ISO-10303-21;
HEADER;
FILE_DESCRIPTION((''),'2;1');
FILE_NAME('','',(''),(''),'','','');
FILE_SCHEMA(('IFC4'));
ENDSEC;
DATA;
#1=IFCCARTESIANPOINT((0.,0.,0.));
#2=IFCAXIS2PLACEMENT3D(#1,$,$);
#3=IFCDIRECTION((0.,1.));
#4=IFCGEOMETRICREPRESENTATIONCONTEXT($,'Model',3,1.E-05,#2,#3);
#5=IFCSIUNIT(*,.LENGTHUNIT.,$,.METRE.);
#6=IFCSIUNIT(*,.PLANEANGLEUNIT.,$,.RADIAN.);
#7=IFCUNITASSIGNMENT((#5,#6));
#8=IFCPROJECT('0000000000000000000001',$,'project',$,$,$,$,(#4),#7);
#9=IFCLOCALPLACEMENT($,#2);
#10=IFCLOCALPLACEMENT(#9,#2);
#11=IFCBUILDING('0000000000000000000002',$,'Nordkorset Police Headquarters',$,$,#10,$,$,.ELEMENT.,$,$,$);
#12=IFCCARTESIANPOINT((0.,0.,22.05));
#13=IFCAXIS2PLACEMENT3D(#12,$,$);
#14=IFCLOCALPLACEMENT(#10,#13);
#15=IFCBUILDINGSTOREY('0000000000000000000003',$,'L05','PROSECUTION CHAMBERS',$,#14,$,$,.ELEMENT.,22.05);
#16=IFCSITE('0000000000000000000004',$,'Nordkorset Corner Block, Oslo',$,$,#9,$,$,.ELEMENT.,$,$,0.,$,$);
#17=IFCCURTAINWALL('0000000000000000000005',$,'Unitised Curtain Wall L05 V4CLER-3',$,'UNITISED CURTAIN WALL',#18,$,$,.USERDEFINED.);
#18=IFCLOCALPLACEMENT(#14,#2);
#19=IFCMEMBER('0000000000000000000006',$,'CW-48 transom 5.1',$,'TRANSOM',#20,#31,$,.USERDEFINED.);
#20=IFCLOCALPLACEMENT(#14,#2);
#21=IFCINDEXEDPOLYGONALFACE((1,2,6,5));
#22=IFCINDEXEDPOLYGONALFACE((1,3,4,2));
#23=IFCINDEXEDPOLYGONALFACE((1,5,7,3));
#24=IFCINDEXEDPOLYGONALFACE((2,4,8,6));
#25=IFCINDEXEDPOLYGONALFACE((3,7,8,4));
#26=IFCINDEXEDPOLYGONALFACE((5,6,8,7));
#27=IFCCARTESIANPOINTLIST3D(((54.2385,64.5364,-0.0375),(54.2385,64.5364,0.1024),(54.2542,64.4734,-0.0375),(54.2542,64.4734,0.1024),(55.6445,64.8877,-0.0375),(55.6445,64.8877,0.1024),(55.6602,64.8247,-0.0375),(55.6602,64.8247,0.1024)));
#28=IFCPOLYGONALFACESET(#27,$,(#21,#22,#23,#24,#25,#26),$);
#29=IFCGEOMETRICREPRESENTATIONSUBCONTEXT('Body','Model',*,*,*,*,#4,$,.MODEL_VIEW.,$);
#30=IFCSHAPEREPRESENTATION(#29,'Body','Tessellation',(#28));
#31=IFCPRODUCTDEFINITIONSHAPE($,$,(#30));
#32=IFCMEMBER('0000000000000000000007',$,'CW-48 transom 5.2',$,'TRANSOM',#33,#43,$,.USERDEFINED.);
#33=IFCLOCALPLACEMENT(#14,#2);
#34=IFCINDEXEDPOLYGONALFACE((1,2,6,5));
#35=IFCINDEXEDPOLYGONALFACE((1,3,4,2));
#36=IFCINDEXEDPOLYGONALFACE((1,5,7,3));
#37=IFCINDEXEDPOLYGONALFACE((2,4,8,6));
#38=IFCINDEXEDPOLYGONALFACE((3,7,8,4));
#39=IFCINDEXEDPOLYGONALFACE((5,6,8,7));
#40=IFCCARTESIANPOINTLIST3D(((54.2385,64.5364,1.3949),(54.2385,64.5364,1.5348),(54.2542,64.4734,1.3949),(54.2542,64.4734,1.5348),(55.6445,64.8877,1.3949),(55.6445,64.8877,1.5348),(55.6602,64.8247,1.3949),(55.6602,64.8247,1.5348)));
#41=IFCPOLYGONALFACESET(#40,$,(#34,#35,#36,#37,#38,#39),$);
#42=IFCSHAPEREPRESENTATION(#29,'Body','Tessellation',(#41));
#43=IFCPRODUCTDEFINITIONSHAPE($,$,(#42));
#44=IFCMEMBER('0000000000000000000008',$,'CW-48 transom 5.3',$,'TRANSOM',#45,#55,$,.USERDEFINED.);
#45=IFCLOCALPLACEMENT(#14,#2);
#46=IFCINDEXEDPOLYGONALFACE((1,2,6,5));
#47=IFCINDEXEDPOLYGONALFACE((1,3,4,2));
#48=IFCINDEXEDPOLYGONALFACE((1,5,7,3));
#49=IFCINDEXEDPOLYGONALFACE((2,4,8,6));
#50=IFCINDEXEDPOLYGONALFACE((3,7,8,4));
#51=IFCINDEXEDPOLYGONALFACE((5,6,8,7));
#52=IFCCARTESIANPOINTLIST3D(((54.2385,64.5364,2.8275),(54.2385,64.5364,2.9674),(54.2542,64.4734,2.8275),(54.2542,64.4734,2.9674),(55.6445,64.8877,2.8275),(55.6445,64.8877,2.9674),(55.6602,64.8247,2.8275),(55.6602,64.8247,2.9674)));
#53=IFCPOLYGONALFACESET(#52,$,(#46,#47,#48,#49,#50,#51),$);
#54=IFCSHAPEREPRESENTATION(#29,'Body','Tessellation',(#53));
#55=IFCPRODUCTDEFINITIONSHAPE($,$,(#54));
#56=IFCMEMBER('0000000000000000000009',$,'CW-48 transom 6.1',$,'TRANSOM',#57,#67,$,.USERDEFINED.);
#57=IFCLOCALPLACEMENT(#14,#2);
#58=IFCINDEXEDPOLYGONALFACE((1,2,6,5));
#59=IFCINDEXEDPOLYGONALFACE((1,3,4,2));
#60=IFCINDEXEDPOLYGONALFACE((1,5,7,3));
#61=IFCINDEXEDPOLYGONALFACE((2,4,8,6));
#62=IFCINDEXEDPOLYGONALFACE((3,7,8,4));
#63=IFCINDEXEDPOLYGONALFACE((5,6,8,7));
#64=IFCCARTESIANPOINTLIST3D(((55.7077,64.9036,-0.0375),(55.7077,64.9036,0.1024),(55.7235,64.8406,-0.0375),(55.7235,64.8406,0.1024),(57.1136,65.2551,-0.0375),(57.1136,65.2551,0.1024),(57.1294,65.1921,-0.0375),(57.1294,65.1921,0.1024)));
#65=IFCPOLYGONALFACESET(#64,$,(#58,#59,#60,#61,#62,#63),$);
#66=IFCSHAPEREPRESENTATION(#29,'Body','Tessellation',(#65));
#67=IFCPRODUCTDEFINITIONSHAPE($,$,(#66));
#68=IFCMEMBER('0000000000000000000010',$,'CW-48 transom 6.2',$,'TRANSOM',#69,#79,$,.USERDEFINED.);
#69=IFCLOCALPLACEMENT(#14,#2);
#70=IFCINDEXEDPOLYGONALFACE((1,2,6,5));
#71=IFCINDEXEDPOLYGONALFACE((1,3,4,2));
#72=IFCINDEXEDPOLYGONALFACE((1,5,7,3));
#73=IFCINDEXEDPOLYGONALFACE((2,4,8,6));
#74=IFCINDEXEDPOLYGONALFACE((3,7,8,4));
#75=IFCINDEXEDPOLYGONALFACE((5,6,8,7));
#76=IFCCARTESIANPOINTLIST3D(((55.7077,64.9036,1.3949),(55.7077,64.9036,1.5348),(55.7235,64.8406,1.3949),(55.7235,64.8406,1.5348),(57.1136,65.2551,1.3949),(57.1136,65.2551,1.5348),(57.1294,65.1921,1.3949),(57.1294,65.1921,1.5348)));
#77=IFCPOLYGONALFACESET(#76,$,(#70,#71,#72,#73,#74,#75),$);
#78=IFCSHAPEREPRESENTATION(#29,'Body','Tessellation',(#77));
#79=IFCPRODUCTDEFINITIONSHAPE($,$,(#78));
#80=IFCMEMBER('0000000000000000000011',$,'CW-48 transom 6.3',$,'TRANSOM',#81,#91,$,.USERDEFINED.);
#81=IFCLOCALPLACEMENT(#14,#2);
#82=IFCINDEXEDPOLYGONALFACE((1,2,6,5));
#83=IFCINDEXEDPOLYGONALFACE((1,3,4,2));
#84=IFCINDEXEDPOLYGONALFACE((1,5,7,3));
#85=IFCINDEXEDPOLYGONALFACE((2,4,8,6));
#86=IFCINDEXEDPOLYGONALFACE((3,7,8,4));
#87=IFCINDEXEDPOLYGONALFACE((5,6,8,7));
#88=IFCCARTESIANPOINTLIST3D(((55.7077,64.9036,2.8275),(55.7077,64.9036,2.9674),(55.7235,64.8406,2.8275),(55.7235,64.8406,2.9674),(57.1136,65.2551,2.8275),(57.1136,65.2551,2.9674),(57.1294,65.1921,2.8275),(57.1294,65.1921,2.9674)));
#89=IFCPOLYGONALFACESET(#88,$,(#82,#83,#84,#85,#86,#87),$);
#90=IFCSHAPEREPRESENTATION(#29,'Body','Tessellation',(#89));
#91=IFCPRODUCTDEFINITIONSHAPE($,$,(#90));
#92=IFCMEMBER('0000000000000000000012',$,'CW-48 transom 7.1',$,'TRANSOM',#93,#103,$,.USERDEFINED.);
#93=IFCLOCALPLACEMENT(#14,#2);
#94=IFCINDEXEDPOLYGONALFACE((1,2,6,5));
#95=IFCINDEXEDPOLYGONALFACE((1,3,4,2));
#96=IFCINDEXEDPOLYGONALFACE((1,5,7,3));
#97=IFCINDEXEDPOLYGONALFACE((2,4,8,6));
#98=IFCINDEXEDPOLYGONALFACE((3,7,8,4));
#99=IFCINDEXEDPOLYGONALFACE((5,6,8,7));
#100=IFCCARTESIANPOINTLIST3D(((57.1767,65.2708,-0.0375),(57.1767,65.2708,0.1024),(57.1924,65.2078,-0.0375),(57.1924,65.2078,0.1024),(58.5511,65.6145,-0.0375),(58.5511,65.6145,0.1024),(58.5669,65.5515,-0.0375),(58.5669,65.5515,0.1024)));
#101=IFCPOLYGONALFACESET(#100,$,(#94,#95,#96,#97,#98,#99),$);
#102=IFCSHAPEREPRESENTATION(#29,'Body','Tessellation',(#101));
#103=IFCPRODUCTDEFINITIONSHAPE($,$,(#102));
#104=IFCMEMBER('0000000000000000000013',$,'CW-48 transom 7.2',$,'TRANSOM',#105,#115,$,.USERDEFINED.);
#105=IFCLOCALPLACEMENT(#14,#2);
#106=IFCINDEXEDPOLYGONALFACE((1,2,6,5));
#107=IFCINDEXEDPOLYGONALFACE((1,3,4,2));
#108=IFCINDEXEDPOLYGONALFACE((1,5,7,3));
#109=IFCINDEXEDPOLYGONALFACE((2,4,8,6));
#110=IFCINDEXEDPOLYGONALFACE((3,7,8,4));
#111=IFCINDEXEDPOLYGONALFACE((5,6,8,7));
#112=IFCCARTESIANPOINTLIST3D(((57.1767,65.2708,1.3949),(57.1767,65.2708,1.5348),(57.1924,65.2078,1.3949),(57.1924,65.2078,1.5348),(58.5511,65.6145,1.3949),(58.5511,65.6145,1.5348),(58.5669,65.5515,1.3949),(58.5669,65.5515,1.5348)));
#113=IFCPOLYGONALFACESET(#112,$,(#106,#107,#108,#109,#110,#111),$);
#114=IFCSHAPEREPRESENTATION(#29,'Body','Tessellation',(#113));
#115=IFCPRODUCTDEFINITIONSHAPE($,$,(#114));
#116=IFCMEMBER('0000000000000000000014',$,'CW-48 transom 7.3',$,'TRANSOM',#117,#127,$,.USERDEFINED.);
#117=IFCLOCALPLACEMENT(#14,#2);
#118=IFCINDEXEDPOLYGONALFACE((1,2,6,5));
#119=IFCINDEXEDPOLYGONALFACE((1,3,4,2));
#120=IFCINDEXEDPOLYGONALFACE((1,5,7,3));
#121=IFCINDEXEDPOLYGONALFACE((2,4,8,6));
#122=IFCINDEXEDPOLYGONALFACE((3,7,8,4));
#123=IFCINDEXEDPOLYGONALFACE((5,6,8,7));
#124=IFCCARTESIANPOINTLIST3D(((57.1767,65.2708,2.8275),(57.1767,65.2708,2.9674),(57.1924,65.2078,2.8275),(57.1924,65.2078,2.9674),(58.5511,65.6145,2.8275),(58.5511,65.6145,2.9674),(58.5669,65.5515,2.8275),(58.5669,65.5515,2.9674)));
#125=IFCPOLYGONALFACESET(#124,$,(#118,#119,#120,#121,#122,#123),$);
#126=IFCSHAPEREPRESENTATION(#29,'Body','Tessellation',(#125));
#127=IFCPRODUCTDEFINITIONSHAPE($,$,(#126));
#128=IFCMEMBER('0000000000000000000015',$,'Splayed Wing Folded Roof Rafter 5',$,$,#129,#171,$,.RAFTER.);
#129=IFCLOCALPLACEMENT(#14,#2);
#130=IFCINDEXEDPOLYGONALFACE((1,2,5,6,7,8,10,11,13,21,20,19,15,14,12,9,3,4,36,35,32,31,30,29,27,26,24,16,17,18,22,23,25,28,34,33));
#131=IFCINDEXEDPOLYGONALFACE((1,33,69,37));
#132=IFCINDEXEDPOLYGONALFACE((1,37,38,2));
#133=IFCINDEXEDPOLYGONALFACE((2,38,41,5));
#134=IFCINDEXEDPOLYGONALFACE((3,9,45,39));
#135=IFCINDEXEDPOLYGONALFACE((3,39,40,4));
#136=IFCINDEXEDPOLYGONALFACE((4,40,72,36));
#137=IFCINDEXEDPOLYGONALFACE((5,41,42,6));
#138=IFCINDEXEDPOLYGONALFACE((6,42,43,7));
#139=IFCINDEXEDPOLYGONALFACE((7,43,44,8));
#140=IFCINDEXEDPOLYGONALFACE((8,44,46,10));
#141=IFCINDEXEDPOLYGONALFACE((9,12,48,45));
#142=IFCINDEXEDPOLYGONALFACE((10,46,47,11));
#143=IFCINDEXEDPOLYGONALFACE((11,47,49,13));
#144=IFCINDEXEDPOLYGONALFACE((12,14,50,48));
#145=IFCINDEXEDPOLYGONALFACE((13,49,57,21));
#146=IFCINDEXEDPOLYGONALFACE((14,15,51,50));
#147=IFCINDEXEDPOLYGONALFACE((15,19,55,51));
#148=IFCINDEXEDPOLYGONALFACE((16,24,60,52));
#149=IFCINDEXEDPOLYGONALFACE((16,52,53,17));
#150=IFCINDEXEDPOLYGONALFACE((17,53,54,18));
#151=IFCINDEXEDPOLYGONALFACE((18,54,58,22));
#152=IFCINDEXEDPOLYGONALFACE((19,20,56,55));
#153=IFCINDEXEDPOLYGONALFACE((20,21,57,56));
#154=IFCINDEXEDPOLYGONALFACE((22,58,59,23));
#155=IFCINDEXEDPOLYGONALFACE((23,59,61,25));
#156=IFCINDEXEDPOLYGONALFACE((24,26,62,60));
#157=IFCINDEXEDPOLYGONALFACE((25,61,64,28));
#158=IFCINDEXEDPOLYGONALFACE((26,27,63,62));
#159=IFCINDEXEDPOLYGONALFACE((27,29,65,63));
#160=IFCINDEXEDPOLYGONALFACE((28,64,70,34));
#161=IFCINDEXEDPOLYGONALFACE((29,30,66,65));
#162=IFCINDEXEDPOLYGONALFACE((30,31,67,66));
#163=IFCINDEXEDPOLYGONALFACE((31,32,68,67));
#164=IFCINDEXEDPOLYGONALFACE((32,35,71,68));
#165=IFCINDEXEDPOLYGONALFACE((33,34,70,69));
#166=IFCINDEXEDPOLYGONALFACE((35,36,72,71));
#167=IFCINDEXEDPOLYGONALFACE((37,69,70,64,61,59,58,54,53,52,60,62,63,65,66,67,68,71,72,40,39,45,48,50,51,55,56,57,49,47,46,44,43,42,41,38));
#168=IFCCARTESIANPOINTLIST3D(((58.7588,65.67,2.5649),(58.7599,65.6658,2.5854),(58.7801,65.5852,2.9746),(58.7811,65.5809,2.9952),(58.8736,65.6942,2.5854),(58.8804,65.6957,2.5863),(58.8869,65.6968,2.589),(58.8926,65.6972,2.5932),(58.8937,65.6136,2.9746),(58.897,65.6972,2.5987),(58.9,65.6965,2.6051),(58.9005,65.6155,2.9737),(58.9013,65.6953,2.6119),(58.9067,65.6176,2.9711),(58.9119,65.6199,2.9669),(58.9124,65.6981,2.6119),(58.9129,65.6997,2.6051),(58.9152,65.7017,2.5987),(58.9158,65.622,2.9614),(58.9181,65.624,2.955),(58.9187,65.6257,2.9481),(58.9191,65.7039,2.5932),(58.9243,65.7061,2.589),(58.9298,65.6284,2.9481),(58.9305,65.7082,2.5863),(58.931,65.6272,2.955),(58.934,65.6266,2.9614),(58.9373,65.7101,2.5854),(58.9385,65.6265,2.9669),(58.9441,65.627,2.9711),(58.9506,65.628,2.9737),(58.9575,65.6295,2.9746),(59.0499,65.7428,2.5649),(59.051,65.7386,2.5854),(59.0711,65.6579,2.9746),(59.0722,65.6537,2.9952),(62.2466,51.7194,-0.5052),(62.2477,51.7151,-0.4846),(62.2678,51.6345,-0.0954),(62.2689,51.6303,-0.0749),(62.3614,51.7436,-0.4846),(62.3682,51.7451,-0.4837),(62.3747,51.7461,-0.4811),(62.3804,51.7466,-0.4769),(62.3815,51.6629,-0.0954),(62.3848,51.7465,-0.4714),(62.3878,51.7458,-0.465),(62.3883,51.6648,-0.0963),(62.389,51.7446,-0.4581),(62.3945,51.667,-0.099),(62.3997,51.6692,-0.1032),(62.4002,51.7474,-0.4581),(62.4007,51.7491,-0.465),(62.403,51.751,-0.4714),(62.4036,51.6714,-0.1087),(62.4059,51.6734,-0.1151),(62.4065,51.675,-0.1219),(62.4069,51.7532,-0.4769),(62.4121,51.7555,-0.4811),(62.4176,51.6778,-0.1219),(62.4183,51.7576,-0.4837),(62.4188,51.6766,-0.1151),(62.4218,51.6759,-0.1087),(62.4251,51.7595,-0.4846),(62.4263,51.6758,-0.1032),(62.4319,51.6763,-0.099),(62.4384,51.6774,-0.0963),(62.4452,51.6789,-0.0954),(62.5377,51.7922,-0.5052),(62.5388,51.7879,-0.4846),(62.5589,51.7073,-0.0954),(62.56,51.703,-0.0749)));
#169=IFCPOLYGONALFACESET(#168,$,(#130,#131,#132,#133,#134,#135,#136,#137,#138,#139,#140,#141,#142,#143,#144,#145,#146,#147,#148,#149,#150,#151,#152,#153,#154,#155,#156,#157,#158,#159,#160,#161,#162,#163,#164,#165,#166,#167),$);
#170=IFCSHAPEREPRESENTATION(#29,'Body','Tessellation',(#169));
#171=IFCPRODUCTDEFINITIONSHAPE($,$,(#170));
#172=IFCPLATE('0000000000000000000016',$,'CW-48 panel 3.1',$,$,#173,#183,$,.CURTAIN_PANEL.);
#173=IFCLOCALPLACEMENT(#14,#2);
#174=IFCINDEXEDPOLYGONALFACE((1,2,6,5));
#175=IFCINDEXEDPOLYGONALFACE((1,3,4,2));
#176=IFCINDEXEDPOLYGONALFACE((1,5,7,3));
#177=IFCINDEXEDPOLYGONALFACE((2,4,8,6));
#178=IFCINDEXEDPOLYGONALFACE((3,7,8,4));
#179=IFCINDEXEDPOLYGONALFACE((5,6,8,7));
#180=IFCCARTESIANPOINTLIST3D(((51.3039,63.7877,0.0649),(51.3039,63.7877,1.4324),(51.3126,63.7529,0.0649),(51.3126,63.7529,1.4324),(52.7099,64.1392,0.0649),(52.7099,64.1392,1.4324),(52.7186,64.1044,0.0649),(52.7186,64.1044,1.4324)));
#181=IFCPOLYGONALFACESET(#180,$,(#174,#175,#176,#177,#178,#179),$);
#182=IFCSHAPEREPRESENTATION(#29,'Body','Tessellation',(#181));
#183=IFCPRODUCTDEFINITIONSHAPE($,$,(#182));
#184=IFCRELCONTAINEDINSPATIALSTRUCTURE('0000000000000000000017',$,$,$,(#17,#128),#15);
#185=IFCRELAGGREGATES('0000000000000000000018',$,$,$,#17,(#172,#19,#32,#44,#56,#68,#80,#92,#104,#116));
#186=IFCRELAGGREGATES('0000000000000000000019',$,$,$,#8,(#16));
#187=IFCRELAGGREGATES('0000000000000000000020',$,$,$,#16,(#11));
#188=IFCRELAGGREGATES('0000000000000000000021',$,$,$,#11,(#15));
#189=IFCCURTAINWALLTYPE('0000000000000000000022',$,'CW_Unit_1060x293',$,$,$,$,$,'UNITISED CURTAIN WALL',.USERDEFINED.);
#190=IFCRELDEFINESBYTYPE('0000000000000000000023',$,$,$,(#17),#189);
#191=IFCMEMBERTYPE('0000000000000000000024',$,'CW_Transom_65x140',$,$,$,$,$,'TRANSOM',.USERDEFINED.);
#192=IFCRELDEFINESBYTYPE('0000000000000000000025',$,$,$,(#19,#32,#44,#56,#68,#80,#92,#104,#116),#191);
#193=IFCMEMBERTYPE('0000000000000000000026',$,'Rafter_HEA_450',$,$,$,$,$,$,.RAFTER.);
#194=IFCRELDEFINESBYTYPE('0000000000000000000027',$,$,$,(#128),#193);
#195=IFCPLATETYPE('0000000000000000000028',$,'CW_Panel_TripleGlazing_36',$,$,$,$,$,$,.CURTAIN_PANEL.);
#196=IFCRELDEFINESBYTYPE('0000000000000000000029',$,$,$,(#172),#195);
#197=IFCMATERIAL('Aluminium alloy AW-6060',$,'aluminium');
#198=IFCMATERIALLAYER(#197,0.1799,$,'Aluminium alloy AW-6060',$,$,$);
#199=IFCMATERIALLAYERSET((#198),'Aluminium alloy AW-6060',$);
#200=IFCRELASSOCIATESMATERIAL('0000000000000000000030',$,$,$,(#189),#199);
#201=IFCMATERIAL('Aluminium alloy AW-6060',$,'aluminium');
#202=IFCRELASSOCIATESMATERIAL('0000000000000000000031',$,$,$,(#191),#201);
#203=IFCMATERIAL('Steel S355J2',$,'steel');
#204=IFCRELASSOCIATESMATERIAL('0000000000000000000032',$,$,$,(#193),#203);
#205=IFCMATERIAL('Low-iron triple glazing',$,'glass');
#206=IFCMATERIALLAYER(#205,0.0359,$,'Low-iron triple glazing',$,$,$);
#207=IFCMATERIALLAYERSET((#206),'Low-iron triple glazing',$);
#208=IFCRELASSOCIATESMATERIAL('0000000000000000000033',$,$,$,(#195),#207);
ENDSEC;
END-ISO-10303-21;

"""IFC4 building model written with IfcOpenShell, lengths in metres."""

from ifc_helpers import new_model, si_unit, direction, frame, origin, origin_2d, place, context, subcontext, project, spatial, rectangle, i_section, extrude, material, layer, layer_set, material_profile, profile_set, type_object, element, aggregate, save


model = new_model("IFC4")

# Units and contexts
model_context = context("Model", 3, precision=1e-05, world=origin(), true_north=direction((0.0, 1.0)))
body_context = subcontext(model_context, "Body", "Model", "MODEL_VIEW")
ifc_project = project(units=[si_unit("LENGTHUNIT", "METRE"), si_unit("PLANEANGLEUNIT", "RADIAN")], contexts=[model_context])

# Site, building, storey
site_placement = place(None, origin())
site = spatial("IfcSite", under=ifc_project, at=site_placement, Name="Nordkorset Corner Block, Oslo", CompositionType="ELEMENT", RefElevation=0.0)
building_placement = place(site_placement, origin())
building = spatial("IfcBuilding", under=site, at=building_placement, Name="Nordkorset Police Headquarters", CompositionType="ELEMENT")
storey_placement = place(building_placement, frame((0.0, 0.0, 22.05)))
storey = spatial("IfcBuildingStorey", under=building, at=storey_placement, Name="L05", Description="PROSECUTION CHAMBERS", CompositionType="ELEMENT", Elevation=22.05)

# Curtain wall, members
ifc_material_1 = material(Name="Aluminium alloy AW-6060", Category="aluminium")
ifc_layer_1 = layer(ifc_material_1, 0.1799, Name="Aluminium alloy AW-6060")
ifc_layer_set_1 = layer_set([ifc_layer_1], Name="Aluminium alloy AW-6060")
curtain_wall_type = type_object("IfcCurtainWallType", Name="CW_Unit_1060x293", ElementType="UNITISED CURTAIN WALL", PredefinedType="USERDEFINED", material=ifc_layer_set_1)
curtain_wall_placement = place(storey_placement, origin())
curtain_wall = element("IfcCurtainWall", 1, at=curtain_wall_placement, inside=storey, type_object=curtain_wall_type, Name="Unitised Curtain Wall L05 V4CLER-3", ObjectType="UNITISED CURTAIN WALL", PredefinedType="USERDEFINED")
ifc_material_2 = material(Name="Aluminium alloy AW-6060", Category="aluminium")
ifc_material_profile_1 = material_profile(ifc_material_2, rectangle(XDim=0.0649, YDim=0.1399, at=origin_2d()), Name="ALU TRAN 65x140")
ifc_profile_set_1 = profile_set([ifc_material_profile_1], Name="Aluminium alloy AW-6060")
member_type_1 = type_object("IfcMemberType", Name="CW_Transom_65x140", ElementType="TRANSOM", PredefinedType="USERDEFINED", material=ifc_profile_set_1)
member_1_placement = place(storey_placement, frame((54.2463, 64.5049, 0.0325), z_axis=(0.970172, 0.242417, 0.0), x_axis=(-0.242417, 0.970172, 0.0)))
member_1 = element("IfcMember", 2, at=member_1_placement, type_object=member_type_1, Name="CW-48 transom 5.1", ObjectType="TRANSOM", PredefinedType="USERDEFINED", context=body_context, shape_type="SweptSolid", body=[
    extrude(rectangle(XDim=0.0649, YDim=0.1399, at=origin_2d()), origin(), (0.0, 0.0, 1.0), 1.4492),
])
member_2_placement = place(storey_placement, frame((54.2463, 64.5049, 1.4648), z_axis=(0.970172, 0.242417, 0.0), x_axis=(-0.242417, 0.970172, 0.0)))
member_2 = element("IfcMember", 3, at=member_2_placement, type_object=member_type_1, Name="CW-48 transom 5.2", ObjectType="TRANSOM", PredefinedType="USERDEFINED", context=body_context, shape_type="SweptSolid", body=[
    extrude(rectangle(XDim=0.0649, YDim=0.1399, at=origin_2d()), origin(), (0.0, 0.0, 1.0), 1.4492),
])
member_3_placement = place(storey_placement, frame((54.2463, 64.5049, 2.8975), z_axis=(0.970172, 0.242417, 0.0), x_axis=(-0.242417, 0.970172, 0.0)))
member_3 = element("IfcMember", 4, at=member_3_placement, type_object=member_type_1, Name="CW-48 transom 5.3", ObjectType="TRANSOM", PredefinedType="USERDEFINED", context=body_context, shape_type="SweptSolid", body=[
    extrude(rectangle(XDim=0.0649, YDim=0.1399, at=origin_2d()), origin(), (0.0, 0.0, 1.0), 1.4492),
])
member_4_placement = place(storey_placement, frame((55.7156, 64.8721, 0.0325), z_axis=(0.970133, 0.242575, 0.0), x_axis=(-0.242575, 0.970133, 0.0)))
member_4 = element("IfcMember", 5, at=member_4_placement, type_object=member_type_1, Name="CW-48 transom 6.1", ObjectType="TRANSOM", PredefinedType="USERDEFINED", context=body_context, shape_type="SweptSolid", body=[
    extrude(rectangle(XDim=0.0649, YDim=0.1399, at=origin_2d()), origin(), (0.0, 0.0, 1.0), 1.4492),
])
member_5_placement = place(storey_placement, frame((55.7156, 64.8721, 1.4648), z_axis=(0.970133, 0.242575, 0.0), x_axis=(-0.242575, 0.970133, 0.0)))
member_5 = element("IfcMember", 6, at=member_5_placement, type_object=member_type_1, Name="CW-48 transom 6.2", ObjectType="TRANSOM", PredefinedType="USERDEFINED", context=body_context, shape_type="SweptSolid", body=[
    extrude(rectangle(XDim=0.0649, YDim=0.1399, at=origin_2d()), origin(), (0.0, 0.0, 1.0), 1.4492),
])
member_6_placement = place(storey_placement, frame((55.7156, 64.8721, 2.8975), z_axis=(0.970133, 0.242575, 0.0), x_axis=(-0.242575, 0.970133, 0.0)))
member_6 = element("IfcMember", 7, at=member_6_placement, type_object=member_type_1, Name="CW-48 transom 6.3", ObjectType="TRANSOM", PredefinedType="USERDEFINED", context=body_context, shape_type="SweptSolid", body=[
    extrude(rectangle(XDim=0.0649, YDim=0.1399, at=origin_2d()), origin(), (0.0, 0.0, 1.0), 1.4492),
])
member_7_placement = place(storey_placement, frame((57.1846, 65.2393, 0.0325), z_axis=(0.970122, 0.242617, 0.0), x_axis=(-0.242617, 0.970122, 0.0)))
member_7 = element("IfcMember", 8, at=member_7_placement, type_object=member_type_1, Name="CW-48 transom 7.1", ObjectType="TRANSOM", PredefinedType="USERDEFINED", context=body_context, shape_type="SweptSolid", body=[
    extrude(rectangle(XDim=0.0649, YDim=0.1399, at=origin_2d()), origin(), (0.0, 0.0, 1.0), 1.4167),
])
member_8_placement = place(storey_placement, frame((57.1846, 65.2393, 1.4648), z_axis=(0.970122, 0.242617, 0.0), x_axis=(-0.242617, 0.970122, 0.0)))
member_8 = element("IfcMember", 9, at=member_8_placement, type_object=member_type_1, Name="CW-48 transom 7.2", ObjectType="TRANSOM", PredefinedType="USERDEFINED", context=body_context, shape_type="SweptSolid", body=[
    extrude(rectangle(XDim=0.0649, YDim=0.1399, at=origin_2d()), origin(), (0.0, 0.0, 1.0), 1.4167),
])
member_9_placement = place(storey_placement, frame((57.1846, 65.2393, 2.8975), z_axis=(0.970122, 0.242617, 0.0), x_axis=(-0.242617, 0.970122, 0.0)))
member_9 = element("IfcMember", 10, at=member_9_placement, type_object=member_type_1, Name="CW-48 transom 7.3", ObjectType="TRANSOM", PredefinedType="USERDEFINED", context=body_context, shape_type="SweptSolid", body=[
    extrude(rectangle(XDim=0.0649, YDim=0.1399, at=origin_2d()), origin(), (0.0, 0.0, 1.0), 1.4167),
])

# Member
ifc_material_3 = material(Name="Steel S355J2", Category="steel")
ifc_material_profile_2 = material_profile(ifc_material_3, i_section(OverallWidth=0.3, OverallDepth=0.4399, WebThickness=0.0115, FlangeThickness=0.021, FilletRadius=0.0271, at=origin_2d()), Name="HEA 450")
ifc_profile_set_2 = profile_set([ifc_material_profile_2], Name="Steel S355J2")
member_type_2 = type_object("IfcMemberType", Name="Rafter_HEA_450", PredefinedType="RAFTER", material=ifc_profile_set_2)
member_10_placement = place(storey_placement, frame((58.9155, 65.6619, 2.78), z_axis=(0.237198, -0.948759, -0.208789), x_axis=(0.970141, 0.242544, 0.0)))
element("IfcMember", 11, at=member_10_placement, inside=storey, type_object=member_type_2, Name="Splayed Wing Folded Roof Rafter 5", PredefinedType="RAFTER", context=body_context, shape_type="SweptSolid", body=[
    extrude(i_section(OverallWidth=0.3, OverallDepth=0.4399, WebThickness=0.0115, FlangeThickness=0.021, FilletRadius=0.0271, at=origin_2d()), origin(), (0.0, 0.0, 1.0), 14.7041),
])

# Plate
ifc_material_4 = material(Name="Low-iron triple glazing", Category="glass")
ifc_layer_2 = layer(ifc_material_4, 0.0359, Name="Low-iron triple glazing")
ifc_layer_set_2 = layer_set([ifc_layer_2], Name="Low-iron triple glazing")
plate_type = type_object("IfcPlateType", Name="CW_Panel_TripleGlazing_36", PredefinedType="CURTAIN_PANEL", material=ifc_layer_set_2)
plate_1_placement = place(storey_placement, frame((52.0112, 63.946, 0.0649), z_axis=(0.0, 0.0, 1.0), x_axis=(0.970142, 0.242536, 0.0)))
plate_1 = element("IfcPlate", 12, at=plate_1_placement, type_object=plate_type, Name="CW-48 panel 3.1", PredefinedType="CURTAIN_PANEL", context=body_context, shape_type="SweptSolid", body=[
    extrude(rectangle(XDim=1.4492, YDim=0.0359, at=origin_2d()), origin(), (0.0, 0.0, 1.0), 1.3674),
])
aggregate(curtain_wall, [plate_1, member_1, member_2, member_3, member_4, member_5, member_6, member_7, member_8, member_9])

save(model, "model.ifc")
